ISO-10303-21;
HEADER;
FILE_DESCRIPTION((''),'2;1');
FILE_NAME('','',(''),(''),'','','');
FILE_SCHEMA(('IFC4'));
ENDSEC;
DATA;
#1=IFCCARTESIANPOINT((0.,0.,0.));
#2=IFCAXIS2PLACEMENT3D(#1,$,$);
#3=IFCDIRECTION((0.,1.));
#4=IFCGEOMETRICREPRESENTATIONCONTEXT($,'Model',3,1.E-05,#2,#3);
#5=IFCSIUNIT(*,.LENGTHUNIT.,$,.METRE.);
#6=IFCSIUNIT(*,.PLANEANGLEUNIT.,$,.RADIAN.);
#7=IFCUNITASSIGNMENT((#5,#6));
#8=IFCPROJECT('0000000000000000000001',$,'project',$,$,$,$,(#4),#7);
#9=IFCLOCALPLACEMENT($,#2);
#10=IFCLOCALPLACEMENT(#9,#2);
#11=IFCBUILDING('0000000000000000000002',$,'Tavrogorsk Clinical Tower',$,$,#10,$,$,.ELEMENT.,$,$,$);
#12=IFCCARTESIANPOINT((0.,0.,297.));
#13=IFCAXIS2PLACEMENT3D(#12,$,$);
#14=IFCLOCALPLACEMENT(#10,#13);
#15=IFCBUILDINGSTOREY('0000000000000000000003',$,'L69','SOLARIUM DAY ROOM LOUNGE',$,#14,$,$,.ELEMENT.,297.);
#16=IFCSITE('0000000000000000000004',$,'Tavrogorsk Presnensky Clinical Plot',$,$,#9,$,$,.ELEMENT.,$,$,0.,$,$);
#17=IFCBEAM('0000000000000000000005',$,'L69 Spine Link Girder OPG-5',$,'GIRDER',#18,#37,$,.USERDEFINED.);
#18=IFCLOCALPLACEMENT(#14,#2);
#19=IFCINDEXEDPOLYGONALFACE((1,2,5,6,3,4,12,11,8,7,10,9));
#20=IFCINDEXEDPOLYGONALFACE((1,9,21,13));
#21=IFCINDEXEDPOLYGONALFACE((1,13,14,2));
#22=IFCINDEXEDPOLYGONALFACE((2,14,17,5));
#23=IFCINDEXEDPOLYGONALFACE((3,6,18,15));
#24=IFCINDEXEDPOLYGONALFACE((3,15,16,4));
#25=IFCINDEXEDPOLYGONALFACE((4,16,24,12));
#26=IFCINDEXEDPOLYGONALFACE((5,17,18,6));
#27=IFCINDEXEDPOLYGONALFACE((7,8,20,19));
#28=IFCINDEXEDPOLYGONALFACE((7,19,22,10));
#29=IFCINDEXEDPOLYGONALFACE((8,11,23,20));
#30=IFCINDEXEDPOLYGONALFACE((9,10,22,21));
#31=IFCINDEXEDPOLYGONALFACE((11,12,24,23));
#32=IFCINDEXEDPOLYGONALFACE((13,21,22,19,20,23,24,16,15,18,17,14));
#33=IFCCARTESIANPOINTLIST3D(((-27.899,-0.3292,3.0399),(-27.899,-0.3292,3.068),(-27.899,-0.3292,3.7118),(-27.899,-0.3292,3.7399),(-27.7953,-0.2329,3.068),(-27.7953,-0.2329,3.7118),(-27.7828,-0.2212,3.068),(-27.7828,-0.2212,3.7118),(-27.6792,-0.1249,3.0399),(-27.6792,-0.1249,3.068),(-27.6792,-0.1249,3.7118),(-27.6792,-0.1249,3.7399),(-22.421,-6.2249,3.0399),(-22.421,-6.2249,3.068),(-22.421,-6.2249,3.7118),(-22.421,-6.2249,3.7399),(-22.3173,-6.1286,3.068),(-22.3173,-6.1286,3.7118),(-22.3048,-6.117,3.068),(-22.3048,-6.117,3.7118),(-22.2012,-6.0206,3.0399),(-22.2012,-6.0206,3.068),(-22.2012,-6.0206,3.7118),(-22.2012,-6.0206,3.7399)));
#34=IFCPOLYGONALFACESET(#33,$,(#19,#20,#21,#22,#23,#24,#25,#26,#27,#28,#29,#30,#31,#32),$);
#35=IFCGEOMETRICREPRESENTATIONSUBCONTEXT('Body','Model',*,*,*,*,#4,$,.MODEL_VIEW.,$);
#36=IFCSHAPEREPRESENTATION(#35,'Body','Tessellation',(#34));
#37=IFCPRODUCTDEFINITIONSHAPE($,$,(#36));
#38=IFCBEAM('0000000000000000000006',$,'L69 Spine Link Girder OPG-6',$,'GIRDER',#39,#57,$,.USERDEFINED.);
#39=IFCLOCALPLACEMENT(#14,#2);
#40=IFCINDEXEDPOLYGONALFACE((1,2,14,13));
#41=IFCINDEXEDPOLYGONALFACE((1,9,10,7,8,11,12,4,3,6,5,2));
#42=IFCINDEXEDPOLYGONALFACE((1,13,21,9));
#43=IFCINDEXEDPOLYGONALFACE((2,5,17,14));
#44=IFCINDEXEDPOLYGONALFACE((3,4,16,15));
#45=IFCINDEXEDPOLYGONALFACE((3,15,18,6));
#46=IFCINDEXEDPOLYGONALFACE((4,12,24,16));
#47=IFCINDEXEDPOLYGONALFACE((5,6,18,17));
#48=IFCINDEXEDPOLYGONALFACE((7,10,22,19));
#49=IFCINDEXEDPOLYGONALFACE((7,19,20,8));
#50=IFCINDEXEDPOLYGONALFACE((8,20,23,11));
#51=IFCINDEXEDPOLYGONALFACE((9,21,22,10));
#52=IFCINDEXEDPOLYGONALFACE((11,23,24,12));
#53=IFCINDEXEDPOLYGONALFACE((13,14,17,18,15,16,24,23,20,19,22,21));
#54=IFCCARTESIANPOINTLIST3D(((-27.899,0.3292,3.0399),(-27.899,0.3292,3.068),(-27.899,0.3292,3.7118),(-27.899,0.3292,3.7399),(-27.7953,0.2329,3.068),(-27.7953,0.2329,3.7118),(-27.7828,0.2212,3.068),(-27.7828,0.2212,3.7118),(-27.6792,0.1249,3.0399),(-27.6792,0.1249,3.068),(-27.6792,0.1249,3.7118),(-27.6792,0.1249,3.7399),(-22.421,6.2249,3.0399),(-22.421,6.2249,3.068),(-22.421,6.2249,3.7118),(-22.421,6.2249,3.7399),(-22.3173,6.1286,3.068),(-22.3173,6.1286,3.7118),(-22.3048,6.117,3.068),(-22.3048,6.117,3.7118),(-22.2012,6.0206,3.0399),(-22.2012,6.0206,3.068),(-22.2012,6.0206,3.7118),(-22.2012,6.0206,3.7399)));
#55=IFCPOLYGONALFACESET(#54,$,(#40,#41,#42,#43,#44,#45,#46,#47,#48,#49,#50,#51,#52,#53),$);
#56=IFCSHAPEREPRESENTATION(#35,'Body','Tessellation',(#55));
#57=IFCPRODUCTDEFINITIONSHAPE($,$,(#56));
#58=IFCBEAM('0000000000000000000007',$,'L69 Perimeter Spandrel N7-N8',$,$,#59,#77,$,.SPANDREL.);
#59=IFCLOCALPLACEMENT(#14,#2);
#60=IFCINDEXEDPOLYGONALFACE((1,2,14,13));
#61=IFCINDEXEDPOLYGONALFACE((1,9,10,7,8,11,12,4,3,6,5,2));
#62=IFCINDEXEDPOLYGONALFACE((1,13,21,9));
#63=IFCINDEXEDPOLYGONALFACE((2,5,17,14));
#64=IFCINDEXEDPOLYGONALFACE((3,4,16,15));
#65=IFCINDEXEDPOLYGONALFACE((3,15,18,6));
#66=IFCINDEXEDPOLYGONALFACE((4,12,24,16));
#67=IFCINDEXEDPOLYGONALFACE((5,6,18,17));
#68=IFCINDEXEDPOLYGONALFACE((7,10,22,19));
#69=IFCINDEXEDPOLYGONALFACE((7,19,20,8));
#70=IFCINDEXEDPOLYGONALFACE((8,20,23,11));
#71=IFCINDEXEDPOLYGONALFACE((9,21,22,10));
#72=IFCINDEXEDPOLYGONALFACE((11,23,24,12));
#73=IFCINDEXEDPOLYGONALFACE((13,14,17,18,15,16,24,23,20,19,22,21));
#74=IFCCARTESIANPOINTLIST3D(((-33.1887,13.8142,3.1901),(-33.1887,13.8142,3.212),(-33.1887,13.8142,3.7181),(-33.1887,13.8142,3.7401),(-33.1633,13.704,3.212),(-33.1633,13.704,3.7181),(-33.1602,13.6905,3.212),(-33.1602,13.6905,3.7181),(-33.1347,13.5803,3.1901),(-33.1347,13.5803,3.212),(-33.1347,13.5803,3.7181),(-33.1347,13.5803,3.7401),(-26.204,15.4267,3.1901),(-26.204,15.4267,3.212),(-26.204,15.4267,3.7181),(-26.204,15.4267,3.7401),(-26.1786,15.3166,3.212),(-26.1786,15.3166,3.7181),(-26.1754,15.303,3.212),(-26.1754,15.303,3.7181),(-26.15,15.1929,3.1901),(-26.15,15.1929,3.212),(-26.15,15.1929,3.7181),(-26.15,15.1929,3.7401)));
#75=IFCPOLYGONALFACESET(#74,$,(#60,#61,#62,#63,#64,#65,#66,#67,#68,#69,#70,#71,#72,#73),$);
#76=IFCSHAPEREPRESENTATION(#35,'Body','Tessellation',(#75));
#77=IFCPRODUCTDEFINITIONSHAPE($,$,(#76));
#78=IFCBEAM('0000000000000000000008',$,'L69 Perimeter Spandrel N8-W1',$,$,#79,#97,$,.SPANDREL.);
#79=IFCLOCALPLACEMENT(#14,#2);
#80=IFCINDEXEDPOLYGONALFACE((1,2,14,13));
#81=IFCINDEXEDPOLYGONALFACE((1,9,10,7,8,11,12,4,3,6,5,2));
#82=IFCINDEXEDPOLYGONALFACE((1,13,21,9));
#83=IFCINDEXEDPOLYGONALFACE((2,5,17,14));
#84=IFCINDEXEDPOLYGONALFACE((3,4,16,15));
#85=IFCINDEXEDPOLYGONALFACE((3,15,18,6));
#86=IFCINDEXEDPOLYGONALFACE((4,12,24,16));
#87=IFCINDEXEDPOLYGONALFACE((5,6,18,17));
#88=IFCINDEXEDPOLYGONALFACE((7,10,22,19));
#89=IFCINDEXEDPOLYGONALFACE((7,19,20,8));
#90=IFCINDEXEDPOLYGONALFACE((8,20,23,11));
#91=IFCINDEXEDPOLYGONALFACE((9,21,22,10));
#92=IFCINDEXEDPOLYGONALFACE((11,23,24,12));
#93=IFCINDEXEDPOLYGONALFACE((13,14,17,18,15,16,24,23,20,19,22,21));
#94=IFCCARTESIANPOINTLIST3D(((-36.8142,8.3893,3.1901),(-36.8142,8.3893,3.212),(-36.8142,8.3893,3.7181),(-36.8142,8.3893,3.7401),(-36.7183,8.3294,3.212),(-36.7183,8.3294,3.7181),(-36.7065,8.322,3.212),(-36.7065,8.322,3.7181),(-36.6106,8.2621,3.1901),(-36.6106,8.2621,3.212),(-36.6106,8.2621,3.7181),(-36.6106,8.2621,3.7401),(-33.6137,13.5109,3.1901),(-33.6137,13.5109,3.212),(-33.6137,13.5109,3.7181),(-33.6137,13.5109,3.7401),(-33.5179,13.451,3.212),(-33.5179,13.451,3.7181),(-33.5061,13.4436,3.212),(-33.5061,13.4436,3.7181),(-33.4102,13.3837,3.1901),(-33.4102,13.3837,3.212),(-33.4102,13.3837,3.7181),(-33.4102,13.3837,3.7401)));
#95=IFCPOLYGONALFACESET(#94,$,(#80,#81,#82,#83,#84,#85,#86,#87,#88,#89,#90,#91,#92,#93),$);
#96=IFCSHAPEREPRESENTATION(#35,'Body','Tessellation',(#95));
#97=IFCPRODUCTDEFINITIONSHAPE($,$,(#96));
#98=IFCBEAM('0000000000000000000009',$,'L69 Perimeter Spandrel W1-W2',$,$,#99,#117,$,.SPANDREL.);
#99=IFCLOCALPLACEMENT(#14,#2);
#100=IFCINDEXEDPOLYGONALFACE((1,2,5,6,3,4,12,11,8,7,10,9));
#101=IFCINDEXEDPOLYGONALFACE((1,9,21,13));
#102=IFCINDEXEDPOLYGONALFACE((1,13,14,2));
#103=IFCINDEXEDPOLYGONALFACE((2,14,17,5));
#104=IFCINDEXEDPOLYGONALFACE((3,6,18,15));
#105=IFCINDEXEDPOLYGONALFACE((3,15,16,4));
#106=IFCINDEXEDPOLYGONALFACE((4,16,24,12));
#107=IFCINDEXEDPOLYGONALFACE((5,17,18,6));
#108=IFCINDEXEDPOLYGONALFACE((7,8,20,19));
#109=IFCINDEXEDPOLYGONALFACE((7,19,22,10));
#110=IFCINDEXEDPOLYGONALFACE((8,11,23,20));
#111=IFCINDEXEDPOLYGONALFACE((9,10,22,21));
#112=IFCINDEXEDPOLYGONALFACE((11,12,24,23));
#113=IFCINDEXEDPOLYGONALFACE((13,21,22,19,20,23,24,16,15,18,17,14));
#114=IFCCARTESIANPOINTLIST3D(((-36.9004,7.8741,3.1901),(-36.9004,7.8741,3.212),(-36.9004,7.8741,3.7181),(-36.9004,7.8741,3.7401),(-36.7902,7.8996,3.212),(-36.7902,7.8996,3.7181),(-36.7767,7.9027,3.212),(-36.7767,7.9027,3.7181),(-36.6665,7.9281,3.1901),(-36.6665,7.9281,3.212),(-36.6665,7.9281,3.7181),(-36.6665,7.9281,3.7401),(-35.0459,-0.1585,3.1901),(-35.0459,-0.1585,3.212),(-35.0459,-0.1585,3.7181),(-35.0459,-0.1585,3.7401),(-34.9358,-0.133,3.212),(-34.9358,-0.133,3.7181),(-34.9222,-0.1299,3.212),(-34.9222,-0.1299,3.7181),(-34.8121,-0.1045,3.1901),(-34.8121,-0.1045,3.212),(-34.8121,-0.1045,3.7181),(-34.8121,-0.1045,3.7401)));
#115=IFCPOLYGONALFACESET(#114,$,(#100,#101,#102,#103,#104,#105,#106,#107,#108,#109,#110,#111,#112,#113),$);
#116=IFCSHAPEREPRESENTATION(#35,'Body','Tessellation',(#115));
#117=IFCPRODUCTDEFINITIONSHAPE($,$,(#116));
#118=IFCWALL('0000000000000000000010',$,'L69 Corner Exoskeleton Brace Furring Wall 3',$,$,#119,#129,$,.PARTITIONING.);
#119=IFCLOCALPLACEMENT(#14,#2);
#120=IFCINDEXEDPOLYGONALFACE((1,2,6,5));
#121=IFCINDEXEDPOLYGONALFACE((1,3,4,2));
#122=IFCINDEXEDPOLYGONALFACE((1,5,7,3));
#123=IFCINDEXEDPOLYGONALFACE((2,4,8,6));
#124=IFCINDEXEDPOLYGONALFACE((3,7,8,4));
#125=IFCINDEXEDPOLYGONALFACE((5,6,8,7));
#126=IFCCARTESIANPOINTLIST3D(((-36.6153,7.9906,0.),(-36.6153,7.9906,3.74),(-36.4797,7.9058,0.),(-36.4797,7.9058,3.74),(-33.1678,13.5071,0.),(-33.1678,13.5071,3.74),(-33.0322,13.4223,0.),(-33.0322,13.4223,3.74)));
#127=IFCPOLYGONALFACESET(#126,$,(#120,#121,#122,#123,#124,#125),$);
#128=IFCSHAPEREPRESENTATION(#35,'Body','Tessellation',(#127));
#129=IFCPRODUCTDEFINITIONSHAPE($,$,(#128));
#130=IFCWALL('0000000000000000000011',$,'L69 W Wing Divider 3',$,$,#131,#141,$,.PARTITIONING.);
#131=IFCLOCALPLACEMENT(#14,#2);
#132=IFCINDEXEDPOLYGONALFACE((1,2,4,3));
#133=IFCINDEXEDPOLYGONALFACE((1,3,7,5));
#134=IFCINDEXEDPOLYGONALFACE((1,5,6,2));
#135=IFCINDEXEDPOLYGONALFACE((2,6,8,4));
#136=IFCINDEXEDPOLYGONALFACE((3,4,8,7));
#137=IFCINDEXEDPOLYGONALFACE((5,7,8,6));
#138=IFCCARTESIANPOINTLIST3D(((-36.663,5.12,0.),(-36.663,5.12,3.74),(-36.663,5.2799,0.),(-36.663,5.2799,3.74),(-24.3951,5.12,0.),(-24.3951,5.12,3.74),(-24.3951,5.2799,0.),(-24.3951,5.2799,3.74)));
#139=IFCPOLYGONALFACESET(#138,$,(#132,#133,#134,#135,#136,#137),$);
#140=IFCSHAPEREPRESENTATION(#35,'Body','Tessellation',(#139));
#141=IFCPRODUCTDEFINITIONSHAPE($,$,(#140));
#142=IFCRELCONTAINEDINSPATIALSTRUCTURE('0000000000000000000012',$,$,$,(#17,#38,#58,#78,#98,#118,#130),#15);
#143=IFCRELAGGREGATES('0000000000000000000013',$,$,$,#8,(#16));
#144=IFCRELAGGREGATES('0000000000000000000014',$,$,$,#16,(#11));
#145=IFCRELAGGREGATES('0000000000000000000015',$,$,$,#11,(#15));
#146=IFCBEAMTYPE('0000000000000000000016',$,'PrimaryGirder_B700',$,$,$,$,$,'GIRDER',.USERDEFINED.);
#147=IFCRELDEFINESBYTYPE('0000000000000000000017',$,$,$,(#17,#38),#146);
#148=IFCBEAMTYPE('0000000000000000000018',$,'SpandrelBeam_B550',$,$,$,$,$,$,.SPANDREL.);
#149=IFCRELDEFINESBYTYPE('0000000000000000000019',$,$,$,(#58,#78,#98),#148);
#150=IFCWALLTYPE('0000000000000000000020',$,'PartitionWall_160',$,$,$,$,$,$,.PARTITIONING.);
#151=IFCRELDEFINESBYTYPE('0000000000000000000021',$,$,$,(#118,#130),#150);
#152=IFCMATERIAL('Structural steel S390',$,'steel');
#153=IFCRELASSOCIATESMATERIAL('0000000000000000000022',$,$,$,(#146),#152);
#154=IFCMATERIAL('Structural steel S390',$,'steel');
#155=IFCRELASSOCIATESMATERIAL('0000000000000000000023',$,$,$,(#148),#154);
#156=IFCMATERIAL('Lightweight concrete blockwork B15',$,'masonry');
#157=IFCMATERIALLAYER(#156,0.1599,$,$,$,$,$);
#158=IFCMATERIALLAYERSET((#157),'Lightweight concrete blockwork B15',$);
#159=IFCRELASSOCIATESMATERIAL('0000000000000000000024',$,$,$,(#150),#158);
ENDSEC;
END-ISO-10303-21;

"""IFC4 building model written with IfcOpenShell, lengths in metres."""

from ifc_helpers import new_model, si_unit, direction, frame, frame_2d, origin, origin_2d, place, context, subcontext, project, spatial, rectangle, i_section, extrude, material, layer, layer_set, material_profile, profile_set, type_object, element, save


model = new_model("IFC4")

# Units and contexts
model_context = context("Model", 3, precision=1e-05, world=origin(), true_north=direction((0.0, 1.0)))
body_context = subcontext(model_context, "Body", "Model", "MODEL_VIEW")
ifc_project = project(units=[si_unit("LENGTHUNIT", "METRE"), si_unit("PLANEANGLEUNIT", "RADIAN")], contexts=[model_context])

# Site, building, storey
site_placement = place(None, origin())
site = spatial("IfcSite", under=ifc_project, at=site_placement, Name="Tavrogorsk Presnensky Clinical Plot", CompositionType="ELEMENT", RefElevation=0.0)
building_placement = place(site_placement, origin())
building = spatial("IfcBuilding", under=site, at=building_placement, Name="Tavrogorsk Clinical Tower", CompositionType="ELEMENT")
storey_placement = place(building_placement, frame((0.0, 0.0, 297.0)))
storey = spatial("IfcBuildingStorey", under=building, at=storey_placement, Name="L69", Description="SOLARIUM DAY ROOM LOUNGE", CompositionType="ELEMENT", Elevation=297.0)

# Beams
ifc_material_1 = material(Name="Structural steel S390", Category="steel")
ifc_material_profile_1 = material_profile(ifc_material_1, i_section(OverallWidth=0.3, OverallDepth=0.7, WebThickness=0.0171, FlangeThickness=0.0281, at=origin_2d()), Name="B-700x300x17x28")
ifc_profile_set_1 = profile_set([ifc_material_profile_1], Name="Structural steel S390")
beam_type_1 = type_object("IfcBeamType", Name="PrimaryGirder_B700", ElementType="GIRDER", PredefinedType="USERDEFINED", material=ifc_profile_set_1)
for number, where, z_axis, x_axis, name in (
    (1, (-27.7891, -0.2271, 3.3899), (0.680678, -0.732583, 0.0), (0.732583, 0.680678, 0.0), "L69 Spine Link Girder OPG-5"),
    (2, (-27.7891, 0.2271, 3.3899), (0.680678, 0.732583, 0.0), (-0.732583, 0.680678, 0.0), "L69 Spine Link Girder OPG-6"),
):
    element("IfcBeam", number, at=place(storey_placement, frame(where, z_axis=z_axis, x_axis=x_axis)), inside=storey, type_object=beam_type_1, Name=name, ObjectType="GIRDER", PredefinedType="USERDEFINED", context=body_context, shape_type="SweptSolid", body=[
        extrude(i_section(OverallWidth=0.3, OverallDepth=0.7, WebThickness=0.0171, FlangeThickness=0.0281, at=origin_2d()), origin(), (0.0, 0.0, 1.0), 8.0479),
    ])
ifc_material_2 = material(Name="Structural steel S390", Category="steel")
ifc_material_profile_2 = material_profile(ifc_material_2, i_section(OverallWidth=0.24, OverallDepth=0.55, WebThickness=0.0139, FlangeThickness=0.022, at=origin_2d()), Name="B-550x240x14x22")
ifc_profile_set_2 = profile_set([ifc_material_profile_2], Name="Structural steel S390")
beam_type_2 = type_object("IfcBeamType", Name="SpandrelBeam_B550", PredefinedType="SPANDREL", material=ifc_profile_set_2)
beam_1_placement = place(storey_placement, frame((-26.177, 15.3098, 3.4651), z_axis=(-0.974369, -0.224954, 0.0), x_axis=(0.224954, -0.974369, 0.0)))
element("IfcBeam", 3, at=beam_1_placement, inside=storey, type_object=beam_type_2, Name="L69 Perimeter Spandrel N7-N8", PredefinedType="SPANDREL", context=body_context, shape_type="SweptSolid", body=[
    extrude(i_section(OverallWidth=0.24, OverallDepth=0.55, WebThickness=0.0139, FlangeThickness=0.022, at=origin_2d()), origin(), (0.0, 0.0, 1.0), 7.1685),
])
beam_2_placement = place(storey_placement, frame((-33.512, 13.4473, 3.4651), z_axis=(-0.529934, -0.848039, 0.0), x_axis=(0.848039, -0.529934, 0.0)))
element("IfcBeam", 4, at=beam_2_placement, inside=storey, type_object=beam_type_2, Name="L69 Perimeter Spandrel N8-W1", PredefinedType="SPANDREL", context=body_context, shape_type="SweptSolid", body=[
    extrude(i_section(OverallWidth=0.24, OverallDepth=0.55, WebThickness=0.0139, FlangeThickness=0.022, at=origin_2d()), origin(), (0.0, 0.0, 1.0), 6.0393),
])
beam_3_placement = place(storey_placement, frame((-36.7834, 7.9011, 3.4651), z_axis=(0.22495, -0.97437, 0.0), x_axis=(0.97437, 0.22495, 0.0)))
element("IfcBeam", 5, at=beam_3_placement, inside=storey, type_object=beam_type_2, Name="L69 Perimeter Spandrel W1-W2", PredefinedType="SPANDREL", context=body_context, shape_type="SweptSolid", body=[
    extrude(i_section(OverallWidth=0.24, OverallDepth=0.55, WebThickness=0.0139, FlangeThickness=0.022, at=origin_2d()), origin(), (0.0, 0.0, 1.0), 8.2439),
])

# Walls
ifc_material_3 = material(Name="Lightweight concrete blockwork B15", Category="masonry")
ifc_layer_1 = layer(ifc_material_3, 0.1599)
ifc_layer_set_1 = layer_set([ifc_layer_1], Name="Lightweight concrete blockwork B15")
wall_type_1 = type_object("IfcWallType", Name="PartitionWall_160", PredefinedType="PARTITIONING", material=ifc_layer_set_1)
wall_1_placement = place(storey_placement, frame((-33.1001, 13.4646, 0.0), z_axis=(0.0, 0.0, 1.0), x_axis=(-0.529958, -0.848024, 0.0)))
element("IfcWall", 6, at=wall_1_placement, inside=storey, type_object=wall_type_1, Name="L69 Corner Exoskeleton Brace Furring Wall 3", PredefinedType="PARTITIONING", context=body_context, shape_type="SweptSolid", body=[
    extrude(rectangle(XDim=6.5051, YDim=0.1599, at=frame_2d((3.2524, 0.0))), origin(), (0.0, 0.0, 1.0), 3.74),
])
wall_2_placement = place(storey_placement, frame((-36.6628, 5.2, 0.0), z_axis=(0.0, 0.0, 1.0), x_axis=(1.0, 0.0, 0.0)))
element("IfcWall", 7, at=wall_2_placement, inside=storey, type_object=wall_type_1, Name="L69 W Wing Divider 3", PredefinedType="PARTITIONING", context=body_context, shape_type="SweptSolid", body=[
    extrude(rectangle(XDim=12.2678, YDim=0.1599, at=frame_2d((6.1338, 0.0))), origin(), (0.0, 0.0, 1.0), 3.74),
])

save(model, "model.ifc")
